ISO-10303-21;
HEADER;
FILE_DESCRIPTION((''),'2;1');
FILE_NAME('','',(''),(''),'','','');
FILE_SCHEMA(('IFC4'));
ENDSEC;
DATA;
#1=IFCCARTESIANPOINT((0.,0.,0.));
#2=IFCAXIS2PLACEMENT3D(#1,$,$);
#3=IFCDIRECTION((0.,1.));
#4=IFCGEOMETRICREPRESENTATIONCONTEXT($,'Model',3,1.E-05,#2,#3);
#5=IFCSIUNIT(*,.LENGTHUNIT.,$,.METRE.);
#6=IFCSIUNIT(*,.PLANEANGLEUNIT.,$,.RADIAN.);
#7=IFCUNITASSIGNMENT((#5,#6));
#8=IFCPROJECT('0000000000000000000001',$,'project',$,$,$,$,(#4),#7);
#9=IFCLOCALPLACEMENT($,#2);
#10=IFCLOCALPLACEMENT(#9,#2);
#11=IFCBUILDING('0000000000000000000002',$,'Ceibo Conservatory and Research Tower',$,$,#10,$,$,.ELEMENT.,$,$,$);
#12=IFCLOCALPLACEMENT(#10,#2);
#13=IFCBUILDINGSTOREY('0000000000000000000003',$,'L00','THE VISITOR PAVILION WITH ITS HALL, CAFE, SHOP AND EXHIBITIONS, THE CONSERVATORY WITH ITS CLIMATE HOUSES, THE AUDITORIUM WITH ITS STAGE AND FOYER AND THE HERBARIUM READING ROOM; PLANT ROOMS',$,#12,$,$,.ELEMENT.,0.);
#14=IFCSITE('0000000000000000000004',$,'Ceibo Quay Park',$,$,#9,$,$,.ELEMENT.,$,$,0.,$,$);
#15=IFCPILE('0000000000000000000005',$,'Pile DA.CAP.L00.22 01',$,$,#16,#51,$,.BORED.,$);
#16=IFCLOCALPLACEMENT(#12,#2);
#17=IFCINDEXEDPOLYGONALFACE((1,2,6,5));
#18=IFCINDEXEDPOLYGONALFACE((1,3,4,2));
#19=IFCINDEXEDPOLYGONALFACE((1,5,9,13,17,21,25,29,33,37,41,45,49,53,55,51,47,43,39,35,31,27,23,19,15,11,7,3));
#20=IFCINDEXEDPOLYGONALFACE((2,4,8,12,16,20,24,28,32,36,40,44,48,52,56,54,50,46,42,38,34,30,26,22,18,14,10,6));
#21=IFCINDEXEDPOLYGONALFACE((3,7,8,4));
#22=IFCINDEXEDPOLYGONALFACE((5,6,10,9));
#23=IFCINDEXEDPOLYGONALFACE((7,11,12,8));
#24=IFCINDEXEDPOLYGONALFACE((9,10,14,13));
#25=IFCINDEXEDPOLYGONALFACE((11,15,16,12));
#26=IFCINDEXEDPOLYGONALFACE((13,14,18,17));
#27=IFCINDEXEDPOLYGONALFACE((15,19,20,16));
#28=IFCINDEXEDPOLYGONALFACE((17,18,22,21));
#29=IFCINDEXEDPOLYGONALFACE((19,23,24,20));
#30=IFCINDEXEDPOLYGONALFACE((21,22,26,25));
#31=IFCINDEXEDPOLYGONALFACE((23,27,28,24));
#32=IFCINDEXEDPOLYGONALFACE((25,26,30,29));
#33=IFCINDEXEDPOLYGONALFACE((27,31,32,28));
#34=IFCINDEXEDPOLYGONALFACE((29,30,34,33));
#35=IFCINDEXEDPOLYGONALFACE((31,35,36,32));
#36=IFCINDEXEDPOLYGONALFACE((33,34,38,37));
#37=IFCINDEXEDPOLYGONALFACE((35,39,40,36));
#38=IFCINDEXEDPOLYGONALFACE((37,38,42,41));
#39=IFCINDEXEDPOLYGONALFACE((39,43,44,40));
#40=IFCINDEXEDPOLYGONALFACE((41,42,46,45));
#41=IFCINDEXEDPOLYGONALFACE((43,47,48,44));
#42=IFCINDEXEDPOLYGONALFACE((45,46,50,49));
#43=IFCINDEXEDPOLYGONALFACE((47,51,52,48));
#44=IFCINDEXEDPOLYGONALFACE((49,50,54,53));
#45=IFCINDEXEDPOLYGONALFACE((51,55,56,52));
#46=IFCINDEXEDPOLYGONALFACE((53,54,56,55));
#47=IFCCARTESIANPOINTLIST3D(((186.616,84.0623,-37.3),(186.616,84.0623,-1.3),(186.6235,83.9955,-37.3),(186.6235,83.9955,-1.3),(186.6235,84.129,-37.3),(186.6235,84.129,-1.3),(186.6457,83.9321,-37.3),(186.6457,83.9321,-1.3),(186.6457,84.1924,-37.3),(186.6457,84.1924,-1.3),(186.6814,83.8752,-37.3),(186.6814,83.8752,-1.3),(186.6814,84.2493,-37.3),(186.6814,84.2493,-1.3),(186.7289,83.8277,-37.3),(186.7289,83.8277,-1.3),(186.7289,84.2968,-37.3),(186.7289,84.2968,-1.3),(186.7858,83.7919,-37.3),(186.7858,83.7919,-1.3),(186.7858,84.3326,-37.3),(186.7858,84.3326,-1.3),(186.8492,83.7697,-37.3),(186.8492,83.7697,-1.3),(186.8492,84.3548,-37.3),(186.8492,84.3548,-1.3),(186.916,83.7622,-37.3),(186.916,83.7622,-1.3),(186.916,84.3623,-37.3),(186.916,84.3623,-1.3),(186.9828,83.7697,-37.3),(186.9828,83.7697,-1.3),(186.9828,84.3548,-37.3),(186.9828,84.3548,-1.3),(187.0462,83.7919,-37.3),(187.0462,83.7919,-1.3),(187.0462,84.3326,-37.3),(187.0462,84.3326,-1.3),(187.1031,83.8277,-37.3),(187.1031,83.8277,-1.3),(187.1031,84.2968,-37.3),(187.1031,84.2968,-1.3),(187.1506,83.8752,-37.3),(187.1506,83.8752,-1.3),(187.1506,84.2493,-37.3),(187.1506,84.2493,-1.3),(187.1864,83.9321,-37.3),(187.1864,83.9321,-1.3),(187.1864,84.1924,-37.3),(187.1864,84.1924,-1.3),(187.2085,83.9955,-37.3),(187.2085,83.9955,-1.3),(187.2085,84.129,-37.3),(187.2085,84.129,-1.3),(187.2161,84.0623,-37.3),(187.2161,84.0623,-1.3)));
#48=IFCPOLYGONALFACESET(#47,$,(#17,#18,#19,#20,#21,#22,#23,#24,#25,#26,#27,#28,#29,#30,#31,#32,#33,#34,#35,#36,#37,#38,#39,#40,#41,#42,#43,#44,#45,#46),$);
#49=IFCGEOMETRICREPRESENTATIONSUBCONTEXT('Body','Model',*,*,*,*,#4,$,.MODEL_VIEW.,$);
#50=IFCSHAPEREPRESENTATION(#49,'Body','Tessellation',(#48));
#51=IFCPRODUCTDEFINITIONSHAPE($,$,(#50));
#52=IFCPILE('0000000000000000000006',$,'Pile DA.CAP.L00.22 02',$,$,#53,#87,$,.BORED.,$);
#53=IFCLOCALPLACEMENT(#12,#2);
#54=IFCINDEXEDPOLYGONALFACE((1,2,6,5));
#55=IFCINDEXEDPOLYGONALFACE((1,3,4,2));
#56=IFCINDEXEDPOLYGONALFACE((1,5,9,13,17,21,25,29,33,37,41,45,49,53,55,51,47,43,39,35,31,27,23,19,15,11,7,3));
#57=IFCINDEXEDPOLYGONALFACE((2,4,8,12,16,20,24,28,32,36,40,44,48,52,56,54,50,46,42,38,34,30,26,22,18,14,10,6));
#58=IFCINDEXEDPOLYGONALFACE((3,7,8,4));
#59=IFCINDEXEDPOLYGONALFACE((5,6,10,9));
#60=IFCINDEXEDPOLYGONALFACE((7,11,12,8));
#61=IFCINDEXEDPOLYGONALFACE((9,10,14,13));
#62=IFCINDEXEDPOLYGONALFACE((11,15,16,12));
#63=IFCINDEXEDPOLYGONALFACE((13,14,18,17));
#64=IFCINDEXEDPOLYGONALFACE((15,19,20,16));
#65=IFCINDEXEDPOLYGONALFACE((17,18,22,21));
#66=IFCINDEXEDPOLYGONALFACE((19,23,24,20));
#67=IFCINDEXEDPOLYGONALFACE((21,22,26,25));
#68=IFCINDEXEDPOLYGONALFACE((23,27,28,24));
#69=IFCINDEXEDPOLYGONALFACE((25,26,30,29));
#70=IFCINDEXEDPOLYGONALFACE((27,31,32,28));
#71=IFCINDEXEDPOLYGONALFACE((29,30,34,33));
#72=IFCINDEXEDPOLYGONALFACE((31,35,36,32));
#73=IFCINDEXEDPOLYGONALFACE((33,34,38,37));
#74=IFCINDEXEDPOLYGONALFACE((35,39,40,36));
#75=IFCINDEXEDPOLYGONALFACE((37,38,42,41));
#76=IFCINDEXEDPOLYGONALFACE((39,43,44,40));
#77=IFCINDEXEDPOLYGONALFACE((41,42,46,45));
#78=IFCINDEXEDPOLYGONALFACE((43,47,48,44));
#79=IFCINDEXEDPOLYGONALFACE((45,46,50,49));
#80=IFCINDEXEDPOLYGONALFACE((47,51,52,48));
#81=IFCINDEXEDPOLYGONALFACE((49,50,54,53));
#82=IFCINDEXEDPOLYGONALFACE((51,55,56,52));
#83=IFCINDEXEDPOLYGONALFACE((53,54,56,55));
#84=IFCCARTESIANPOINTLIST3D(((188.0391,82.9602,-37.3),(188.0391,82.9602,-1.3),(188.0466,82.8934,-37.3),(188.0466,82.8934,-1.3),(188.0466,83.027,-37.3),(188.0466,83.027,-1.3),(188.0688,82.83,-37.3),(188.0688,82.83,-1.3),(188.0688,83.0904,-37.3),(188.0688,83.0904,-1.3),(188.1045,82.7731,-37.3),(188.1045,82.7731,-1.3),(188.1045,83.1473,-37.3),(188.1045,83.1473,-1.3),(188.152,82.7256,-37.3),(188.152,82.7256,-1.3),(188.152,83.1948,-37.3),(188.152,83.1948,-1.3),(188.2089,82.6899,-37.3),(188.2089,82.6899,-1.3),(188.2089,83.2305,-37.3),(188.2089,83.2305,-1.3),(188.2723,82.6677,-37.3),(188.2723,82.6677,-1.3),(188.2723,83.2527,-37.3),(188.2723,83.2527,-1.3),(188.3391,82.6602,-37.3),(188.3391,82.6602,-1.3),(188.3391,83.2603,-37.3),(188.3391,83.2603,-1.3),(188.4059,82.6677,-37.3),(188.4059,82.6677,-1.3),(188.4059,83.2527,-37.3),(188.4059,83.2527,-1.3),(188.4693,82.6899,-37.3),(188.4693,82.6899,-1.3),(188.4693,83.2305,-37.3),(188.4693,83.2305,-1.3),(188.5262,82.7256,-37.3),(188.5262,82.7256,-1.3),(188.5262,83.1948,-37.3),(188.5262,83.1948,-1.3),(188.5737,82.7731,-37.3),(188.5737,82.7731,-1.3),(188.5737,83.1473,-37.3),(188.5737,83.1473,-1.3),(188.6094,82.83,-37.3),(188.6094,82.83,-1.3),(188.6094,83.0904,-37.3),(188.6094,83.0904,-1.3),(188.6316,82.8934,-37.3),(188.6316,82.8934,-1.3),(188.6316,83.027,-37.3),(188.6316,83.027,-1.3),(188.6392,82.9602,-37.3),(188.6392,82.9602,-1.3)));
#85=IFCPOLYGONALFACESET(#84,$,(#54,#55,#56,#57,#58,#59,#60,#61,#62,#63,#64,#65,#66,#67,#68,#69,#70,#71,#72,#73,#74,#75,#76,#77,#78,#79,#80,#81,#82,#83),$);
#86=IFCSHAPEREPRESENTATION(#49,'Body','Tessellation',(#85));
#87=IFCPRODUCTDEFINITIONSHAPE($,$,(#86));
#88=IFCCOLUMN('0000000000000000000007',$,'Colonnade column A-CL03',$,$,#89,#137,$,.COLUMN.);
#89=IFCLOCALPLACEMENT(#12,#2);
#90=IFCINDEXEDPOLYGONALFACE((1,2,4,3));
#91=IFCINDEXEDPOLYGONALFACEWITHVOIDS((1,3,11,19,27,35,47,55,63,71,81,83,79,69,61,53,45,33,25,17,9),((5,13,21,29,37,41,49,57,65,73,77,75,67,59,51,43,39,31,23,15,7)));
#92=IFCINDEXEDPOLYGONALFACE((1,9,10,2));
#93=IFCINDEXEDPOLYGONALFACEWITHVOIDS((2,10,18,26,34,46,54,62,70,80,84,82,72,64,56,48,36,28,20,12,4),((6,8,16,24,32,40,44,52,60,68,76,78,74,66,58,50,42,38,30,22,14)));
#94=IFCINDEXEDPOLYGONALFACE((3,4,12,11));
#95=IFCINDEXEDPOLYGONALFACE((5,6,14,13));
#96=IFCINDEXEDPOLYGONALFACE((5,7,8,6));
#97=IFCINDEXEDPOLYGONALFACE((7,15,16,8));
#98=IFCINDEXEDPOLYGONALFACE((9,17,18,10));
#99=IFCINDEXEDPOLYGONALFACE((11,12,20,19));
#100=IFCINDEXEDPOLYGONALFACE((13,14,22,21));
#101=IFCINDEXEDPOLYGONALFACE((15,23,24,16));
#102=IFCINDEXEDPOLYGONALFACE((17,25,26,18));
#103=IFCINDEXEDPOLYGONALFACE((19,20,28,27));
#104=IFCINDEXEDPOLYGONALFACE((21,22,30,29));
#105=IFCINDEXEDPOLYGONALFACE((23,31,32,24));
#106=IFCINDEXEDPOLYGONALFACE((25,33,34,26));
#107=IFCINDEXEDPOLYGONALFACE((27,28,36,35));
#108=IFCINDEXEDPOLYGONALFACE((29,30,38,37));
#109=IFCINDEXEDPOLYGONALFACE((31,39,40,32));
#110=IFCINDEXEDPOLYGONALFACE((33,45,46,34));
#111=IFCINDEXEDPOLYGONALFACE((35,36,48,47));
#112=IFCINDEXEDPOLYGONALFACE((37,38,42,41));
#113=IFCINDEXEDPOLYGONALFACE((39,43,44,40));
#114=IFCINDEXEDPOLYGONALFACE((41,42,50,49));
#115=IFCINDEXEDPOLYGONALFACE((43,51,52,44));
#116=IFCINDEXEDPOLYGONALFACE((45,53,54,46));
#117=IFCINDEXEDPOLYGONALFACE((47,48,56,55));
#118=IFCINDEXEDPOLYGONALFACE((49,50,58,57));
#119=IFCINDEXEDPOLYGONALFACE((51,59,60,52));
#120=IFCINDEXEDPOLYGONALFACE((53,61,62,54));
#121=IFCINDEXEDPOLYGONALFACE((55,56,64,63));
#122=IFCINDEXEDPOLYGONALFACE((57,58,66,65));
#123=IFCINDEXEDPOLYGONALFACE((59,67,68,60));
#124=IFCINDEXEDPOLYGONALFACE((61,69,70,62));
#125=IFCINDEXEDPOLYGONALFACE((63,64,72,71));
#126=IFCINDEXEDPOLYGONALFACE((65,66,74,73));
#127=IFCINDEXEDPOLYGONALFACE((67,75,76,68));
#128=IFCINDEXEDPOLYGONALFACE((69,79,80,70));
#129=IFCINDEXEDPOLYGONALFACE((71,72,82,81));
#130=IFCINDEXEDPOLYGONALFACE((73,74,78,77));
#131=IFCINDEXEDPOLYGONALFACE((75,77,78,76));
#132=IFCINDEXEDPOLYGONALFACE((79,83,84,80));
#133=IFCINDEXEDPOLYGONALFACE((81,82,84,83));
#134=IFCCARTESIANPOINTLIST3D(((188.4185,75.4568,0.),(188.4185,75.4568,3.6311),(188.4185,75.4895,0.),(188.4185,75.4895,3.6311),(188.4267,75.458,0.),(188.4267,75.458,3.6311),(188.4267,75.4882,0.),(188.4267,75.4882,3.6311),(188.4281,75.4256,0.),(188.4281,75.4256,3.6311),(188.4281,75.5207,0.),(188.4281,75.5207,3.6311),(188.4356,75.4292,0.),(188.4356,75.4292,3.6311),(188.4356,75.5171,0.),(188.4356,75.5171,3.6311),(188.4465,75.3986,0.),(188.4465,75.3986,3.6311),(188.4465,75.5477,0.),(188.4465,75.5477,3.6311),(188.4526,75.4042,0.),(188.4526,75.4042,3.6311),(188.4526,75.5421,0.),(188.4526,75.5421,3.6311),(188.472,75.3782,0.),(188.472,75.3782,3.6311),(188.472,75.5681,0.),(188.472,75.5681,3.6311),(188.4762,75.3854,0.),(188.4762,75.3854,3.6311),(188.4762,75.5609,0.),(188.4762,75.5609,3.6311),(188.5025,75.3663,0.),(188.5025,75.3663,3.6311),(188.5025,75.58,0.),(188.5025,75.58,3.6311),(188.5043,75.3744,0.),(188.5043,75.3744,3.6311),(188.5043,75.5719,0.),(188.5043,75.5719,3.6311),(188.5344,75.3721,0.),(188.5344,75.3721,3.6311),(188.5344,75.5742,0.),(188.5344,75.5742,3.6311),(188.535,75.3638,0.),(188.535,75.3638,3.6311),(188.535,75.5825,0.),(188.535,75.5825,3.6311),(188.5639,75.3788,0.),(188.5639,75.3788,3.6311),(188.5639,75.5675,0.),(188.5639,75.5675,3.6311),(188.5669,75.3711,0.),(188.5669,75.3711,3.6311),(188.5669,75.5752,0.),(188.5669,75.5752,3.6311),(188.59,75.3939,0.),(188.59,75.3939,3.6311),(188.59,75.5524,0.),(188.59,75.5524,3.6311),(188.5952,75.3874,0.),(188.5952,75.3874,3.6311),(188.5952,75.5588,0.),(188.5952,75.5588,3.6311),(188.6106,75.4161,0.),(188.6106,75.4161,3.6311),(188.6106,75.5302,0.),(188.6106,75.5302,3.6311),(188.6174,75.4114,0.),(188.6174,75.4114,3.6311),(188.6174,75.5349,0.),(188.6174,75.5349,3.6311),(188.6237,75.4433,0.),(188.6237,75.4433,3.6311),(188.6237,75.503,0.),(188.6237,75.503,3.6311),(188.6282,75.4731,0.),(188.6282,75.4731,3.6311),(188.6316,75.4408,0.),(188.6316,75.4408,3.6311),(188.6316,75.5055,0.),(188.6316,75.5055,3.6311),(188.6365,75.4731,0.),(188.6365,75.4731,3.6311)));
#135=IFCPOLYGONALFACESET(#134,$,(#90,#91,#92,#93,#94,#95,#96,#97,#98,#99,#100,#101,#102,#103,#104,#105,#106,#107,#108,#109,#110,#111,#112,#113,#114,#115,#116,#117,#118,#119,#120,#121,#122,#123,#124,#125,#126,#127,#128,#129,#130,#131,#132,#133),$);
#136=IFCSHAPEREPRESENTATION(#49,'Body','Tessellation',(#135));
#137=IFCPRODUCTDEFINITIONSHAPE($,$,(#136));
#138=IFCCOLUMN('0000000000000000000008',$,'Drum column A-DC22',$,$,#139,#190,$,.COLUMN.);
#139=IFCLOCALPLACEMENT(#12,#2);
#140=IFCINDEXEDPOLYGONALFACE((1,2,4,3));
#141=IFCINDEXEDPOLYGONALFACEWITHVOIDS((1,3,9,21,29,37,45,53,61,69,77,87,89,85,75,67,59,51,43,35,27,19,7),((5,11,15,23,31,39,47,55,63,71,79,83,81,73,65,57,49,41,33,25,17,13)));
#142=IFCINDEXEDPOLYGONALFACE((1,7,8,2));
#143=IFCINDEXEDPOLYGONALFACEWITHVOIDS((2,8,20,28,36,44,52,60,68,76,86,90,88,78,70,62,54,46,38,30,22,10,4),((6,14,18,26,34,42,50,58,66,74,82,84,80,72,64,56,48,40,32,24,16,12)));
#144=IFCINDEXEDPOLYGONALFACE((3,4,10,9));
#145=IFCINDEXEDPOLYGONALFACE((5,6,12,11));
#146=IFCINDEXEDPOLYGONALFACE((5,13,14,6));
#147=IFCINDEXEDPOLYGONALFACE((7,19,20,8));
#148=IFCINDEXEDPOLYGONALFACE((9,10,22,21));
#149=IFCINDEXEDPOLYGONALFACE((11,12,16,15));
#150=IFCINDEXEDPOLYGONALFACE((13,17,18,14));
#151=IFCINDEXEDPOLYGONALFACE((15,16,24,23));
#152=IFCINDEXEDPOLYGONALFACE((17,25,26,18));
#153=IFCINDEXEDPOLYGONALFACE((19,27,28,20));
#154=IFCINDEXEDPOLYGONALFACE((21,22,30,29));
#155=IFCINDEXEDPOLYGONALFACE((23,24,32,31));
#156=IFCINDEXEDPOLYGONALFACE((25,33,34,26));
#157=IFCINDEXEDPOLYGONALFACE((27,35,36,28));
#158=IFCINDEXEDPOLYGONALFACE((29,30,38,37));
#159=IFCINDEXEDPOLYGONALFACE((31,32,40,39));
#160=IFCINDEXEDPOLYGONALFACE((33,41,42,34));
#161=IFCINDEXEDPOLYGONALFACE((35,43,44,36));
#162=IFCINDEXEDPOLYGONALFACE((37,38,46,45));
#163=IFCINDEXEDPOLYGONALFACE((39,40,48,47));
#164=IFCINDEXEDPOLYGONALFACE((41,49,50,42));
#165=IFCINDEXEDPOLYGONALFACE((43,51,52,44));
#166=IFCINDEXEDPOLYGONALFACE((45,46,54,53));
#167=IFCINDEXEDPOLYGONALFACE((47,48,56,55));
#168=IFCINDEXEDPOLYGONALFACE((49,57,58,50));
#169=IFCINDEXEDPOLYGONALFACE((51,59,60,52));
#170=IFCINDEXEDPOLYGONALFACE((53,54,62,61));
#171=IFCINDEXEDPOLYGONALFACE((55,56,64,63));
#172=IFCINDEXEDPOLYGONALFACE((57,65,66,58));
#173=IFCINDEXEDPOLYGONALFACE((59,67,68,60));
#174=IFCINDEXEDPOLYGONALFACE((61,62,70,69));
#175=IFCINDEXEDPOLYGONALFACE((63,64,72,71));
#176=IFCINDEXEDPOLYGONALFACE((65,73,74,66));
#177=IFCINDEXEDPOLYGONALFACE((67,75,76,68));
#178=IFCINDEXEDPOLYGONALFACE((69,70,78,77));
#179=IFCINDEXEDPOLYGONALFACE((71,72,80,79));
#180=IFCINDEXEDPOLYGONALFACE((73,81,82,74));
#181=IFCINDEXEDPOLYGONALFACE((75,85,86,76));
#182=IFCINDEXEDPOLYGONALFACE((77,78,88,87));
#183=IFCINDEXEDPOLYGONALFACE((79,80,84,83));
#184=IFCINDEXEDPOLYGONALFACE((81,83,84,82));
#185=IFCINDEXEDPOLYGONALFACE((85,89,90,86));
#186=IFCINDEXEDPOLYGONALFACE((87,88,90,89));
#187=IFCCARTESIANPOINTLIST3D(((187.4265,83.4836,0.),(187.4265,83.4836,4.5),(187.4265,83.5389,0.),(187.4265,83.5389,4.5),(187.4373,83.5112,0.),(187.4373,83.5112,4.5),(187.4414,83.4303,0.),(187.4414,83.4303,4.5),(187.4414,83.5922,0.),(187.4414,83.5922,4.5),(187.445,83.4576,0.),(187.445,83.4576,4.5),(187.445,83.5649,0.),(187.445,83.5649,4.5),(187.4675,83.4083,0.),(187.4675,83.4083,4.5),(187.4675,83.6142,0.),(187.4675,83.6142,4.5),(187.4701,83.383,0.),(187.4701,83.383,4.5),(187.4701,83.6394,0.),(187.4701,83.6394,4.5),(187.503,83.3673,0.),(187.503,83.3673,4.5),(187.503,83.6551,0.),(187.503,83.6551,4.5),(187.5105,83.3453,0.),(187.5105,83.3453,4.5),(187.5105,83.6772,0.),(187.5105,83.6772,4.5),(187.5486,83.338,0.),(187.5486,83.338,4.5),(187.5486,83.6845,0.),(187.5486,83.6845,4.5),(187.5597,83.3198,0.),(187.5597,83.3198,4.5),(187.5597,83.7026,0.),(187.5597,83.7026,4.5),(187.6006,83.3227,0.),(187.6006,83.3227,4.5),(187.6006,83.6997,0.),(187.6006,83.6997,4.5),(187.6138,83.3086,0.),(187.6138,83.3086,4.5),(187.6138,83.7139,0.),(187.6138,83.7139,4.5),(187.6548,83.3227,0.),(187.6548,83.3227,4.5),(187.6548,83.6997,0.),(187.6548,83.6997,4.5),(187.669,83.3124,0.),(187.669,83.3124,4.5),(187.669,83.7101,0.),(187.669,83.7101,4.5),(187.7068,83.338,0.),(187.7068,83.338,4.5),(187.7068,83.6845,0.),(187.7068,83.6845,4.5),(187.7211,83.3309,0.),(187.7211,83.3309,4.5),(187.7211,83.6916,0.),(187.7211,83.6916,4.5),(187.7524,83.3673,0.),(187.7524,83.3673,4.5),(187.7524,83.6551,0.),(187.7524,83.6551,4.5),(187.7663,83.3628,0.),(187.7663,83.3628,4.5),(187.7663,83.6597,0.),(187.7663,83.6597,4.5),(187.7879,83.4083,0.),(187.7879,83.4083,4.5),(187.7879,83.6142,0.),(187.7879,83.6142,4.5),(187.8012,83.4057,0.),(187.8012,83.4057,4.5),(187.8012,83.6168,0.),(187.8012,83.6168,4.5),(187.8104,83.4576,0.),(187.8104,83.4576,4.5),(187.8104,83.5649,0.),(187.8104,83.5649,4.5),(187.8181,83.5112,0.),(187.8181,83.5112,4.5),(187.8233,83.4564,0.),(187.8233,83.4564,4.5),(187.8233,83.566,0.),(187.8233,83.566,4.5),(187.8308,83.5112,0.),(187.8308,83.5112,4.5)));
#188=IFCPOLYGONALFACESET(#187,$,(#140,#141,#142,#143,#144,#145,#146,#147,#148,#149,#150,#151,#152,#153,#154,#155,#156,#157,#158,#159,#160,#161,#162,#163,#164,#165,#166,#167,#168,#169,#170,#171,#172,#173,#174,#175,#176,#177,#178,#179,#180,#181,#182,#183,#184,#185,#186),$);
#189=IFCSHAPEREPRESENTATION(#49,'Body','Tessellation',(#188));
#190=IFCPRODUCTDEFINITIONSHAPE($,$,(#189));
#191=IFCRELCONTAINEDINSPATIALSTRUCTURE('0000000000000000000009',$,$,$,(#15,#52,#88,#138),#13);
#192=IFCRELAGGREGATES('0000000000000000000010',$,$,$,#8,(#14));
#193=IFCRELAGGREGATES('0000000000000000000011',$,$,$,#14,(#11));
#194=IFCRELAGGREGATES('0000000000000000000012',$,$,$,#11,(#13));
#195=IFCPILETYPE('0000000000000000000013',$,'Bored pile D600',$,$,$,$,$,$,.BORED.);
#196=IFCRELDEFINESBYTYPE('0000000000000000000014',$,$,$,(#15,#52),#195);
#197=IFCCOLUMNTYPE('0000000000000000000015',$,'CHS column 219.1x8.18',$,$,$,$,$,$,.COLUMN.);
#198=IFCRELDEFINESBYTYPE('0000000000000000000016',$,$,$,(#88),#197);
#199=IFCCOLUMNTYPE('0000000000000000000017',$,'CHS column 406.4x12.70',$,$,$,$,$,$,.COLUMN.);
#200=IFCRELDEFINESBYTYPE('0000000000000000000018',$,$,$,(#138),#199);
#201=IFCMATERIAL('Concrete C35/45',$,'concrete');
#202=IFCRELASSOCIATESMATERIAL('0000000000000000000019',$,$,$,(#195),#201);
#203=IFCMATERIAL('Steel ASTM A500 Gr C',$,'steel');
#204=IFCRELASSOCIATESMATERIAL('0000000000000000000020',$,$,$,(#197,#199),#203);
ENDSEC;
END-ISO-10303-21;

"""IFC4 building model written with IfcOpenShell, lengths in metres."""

from ifc_helpers import new_model, si_unit, direction, frame, origin, origin_2d, place, context, subcontext, project, spatial, circle, hollow_circle, extrude, material, material_profile, profile_set, type_object, element, save


model = new_model("IFC4")

# Units and contexts
model_context = context("Model", 3, precision=1e-05, world=origin(), true_north=direction((0.0, 1.0)))
body_context = subcontext(model_context, "Body", "Model", "MODEL_VIEW")
ifc_project = project(units=[si_unit("LENGTHUNIT", "METRE"), si_unit("PLANEANGLEUNIT", "RADIAN")], contexts=[model_context])

# Site, building, storey
site_placement = place(None, origin())
site = spatial("IfcSite", under=ifc_project, at=site_placement, Name="Ceibo Quay Park", CompositionType="ELEMENT", RefElevation=0.0)
building_placement = place(site_placement, origin())
building = spatial("IfcBuilding", under=site, at=building_placement, Name="Ceibo Conservatory and Research Tower", CompositionType="ELEMENT")
storey_placement = place(building_placement, origin())
storey = spatial("IfcBuildingStorey", under=building, at=storey_placement, Name="L00", Description="THE VISITOR PAVILION WITH ITS HALL, CAFE, SHOP AND EXHIBITIONS, THE CONSERVATORY WITH ITS CLIMATE HOUSES, THE AUDITORIUM WITH ITS STAGE AND FOYER AND THE HERBARIUM READING ROOM; PLANT ROOMS", CompositionType="ELEMENT", Elevation=0.0)

# Piles
ifc_material_1 = material(Name="Concrete C35/45", Category="concrete")
ifc_material_profile_1 = material_profile(ifc_material_1, circle(Radius=0.3, at=origin_2d()), Name="RC D600")
ifc_profile_set_1 = profile_set([ifc_material_profile_1], Name="Concrete C35/45")
pile_type = type_object("IfcPileType", Name="Bored pile D600", PredefinedType="BORED", material=ifc_profile_set_1)
for number, where, z_axis, x_axis, name in (
    (1, (186.916, 84.0623, -1.3), (0.0, 0.0, -1.0), (1.0, 0.0, 0.0), "Pile DA.CAP.L00.22 01"),
    (2, (188.3391, 82.9602, -1.3), (0.0, 0.0, -1.0), (1.0, 0.0, 0.0), "Pile DA.CAP.L00.22 02"),
):
    element("IfcPile", number, at=place(storey_placement, frame(where, z_axis=z_axis, x_axis=x_axis)), inside=storey, type_object=pile_type, Name=name, PredefinedType="BORED", context=body_context, shape_type="SweptSolid", body=[
        extrude(circle(Radius=0.3, at=origin_2d()), origin(), (0.0, 0.0, 1.0), 36.0),
    ])

# Columns
ifc_material_2 = material(Name="Steel ASTM A500 Gr C", Category="steel")
ifc_material_profile_2 = material_profile(ifc_material_2, hollow_circle(Radius=0.1096, WallThickness=0.0083, at=origin_2d()), Name="CHS column 219.1x8.18")
ifc_profile_set_2 = profile_set([ifc_material_profile_2], Name="Steel ASTM A500 Gr C")
column_type_1 = type_object("IfcColumnType", Name="CHS column 219.1x8.18", PredefinedType="COLUMN", material=ifc_profile_set_2)
column_1_placement = place(storey_placement, frame((188.5269, 75.4731, 0.0), z_axis=(0.0, 0.0, 1.0), x_axis=(1.0, 0.0, 0.0)))
element("IfcColumn", 3, at=column_1_placement, inside=storey, type_object=column_type_1, Name="Colonnade column A-CL03", PredefinedType="COLUMN", context=body_context, shape_type="SweptSolid", body=[
    extrude(hollow_circle(Radius=0.1096, WallThickness=0.0083, at=origin_2d()), origin(), (0.0, 0.0, 1.0), 3.6311),
])
ifc_material_profile_3 = material_profile(ifc_material_2, hollow_circle(Radius=0.2031, WallThickness=0.0127, at=origin_2d()), Name="CHS column 406.4x12.70")
ifc_profile_set_3 = profile_set([ifc_material_profile_3], Name="Steel ASTM A500 Gr C")
column_type_2 = type_object("IfcColumnType", Name="CHS column 406.4x12.70", PredefinedType="COLUMN", material=ifc_profile_set_3)
column_2_placement = place(storey_placement, frame((187.6277, 83.5112, 0.0), z_axis=(0.0, 0.0, 1.0), x_axis=(1.0, 0.0, 0.0)))
element("IfcColumn", 4, at=column_2_placement, inside=storey, type_object=column_type_2, Name="Drum column A-DC22", PredefinedType="COLUMN", context=body_context, shape_type="SweptSolid", body=[
    extrude(hollow_circle(Radius=0.2031, WallThickness=0.0127, at=origin_2d()), origin(), (0.0, 0.0, 1.0), 4.5),
])

save(model, "model.ifc")
